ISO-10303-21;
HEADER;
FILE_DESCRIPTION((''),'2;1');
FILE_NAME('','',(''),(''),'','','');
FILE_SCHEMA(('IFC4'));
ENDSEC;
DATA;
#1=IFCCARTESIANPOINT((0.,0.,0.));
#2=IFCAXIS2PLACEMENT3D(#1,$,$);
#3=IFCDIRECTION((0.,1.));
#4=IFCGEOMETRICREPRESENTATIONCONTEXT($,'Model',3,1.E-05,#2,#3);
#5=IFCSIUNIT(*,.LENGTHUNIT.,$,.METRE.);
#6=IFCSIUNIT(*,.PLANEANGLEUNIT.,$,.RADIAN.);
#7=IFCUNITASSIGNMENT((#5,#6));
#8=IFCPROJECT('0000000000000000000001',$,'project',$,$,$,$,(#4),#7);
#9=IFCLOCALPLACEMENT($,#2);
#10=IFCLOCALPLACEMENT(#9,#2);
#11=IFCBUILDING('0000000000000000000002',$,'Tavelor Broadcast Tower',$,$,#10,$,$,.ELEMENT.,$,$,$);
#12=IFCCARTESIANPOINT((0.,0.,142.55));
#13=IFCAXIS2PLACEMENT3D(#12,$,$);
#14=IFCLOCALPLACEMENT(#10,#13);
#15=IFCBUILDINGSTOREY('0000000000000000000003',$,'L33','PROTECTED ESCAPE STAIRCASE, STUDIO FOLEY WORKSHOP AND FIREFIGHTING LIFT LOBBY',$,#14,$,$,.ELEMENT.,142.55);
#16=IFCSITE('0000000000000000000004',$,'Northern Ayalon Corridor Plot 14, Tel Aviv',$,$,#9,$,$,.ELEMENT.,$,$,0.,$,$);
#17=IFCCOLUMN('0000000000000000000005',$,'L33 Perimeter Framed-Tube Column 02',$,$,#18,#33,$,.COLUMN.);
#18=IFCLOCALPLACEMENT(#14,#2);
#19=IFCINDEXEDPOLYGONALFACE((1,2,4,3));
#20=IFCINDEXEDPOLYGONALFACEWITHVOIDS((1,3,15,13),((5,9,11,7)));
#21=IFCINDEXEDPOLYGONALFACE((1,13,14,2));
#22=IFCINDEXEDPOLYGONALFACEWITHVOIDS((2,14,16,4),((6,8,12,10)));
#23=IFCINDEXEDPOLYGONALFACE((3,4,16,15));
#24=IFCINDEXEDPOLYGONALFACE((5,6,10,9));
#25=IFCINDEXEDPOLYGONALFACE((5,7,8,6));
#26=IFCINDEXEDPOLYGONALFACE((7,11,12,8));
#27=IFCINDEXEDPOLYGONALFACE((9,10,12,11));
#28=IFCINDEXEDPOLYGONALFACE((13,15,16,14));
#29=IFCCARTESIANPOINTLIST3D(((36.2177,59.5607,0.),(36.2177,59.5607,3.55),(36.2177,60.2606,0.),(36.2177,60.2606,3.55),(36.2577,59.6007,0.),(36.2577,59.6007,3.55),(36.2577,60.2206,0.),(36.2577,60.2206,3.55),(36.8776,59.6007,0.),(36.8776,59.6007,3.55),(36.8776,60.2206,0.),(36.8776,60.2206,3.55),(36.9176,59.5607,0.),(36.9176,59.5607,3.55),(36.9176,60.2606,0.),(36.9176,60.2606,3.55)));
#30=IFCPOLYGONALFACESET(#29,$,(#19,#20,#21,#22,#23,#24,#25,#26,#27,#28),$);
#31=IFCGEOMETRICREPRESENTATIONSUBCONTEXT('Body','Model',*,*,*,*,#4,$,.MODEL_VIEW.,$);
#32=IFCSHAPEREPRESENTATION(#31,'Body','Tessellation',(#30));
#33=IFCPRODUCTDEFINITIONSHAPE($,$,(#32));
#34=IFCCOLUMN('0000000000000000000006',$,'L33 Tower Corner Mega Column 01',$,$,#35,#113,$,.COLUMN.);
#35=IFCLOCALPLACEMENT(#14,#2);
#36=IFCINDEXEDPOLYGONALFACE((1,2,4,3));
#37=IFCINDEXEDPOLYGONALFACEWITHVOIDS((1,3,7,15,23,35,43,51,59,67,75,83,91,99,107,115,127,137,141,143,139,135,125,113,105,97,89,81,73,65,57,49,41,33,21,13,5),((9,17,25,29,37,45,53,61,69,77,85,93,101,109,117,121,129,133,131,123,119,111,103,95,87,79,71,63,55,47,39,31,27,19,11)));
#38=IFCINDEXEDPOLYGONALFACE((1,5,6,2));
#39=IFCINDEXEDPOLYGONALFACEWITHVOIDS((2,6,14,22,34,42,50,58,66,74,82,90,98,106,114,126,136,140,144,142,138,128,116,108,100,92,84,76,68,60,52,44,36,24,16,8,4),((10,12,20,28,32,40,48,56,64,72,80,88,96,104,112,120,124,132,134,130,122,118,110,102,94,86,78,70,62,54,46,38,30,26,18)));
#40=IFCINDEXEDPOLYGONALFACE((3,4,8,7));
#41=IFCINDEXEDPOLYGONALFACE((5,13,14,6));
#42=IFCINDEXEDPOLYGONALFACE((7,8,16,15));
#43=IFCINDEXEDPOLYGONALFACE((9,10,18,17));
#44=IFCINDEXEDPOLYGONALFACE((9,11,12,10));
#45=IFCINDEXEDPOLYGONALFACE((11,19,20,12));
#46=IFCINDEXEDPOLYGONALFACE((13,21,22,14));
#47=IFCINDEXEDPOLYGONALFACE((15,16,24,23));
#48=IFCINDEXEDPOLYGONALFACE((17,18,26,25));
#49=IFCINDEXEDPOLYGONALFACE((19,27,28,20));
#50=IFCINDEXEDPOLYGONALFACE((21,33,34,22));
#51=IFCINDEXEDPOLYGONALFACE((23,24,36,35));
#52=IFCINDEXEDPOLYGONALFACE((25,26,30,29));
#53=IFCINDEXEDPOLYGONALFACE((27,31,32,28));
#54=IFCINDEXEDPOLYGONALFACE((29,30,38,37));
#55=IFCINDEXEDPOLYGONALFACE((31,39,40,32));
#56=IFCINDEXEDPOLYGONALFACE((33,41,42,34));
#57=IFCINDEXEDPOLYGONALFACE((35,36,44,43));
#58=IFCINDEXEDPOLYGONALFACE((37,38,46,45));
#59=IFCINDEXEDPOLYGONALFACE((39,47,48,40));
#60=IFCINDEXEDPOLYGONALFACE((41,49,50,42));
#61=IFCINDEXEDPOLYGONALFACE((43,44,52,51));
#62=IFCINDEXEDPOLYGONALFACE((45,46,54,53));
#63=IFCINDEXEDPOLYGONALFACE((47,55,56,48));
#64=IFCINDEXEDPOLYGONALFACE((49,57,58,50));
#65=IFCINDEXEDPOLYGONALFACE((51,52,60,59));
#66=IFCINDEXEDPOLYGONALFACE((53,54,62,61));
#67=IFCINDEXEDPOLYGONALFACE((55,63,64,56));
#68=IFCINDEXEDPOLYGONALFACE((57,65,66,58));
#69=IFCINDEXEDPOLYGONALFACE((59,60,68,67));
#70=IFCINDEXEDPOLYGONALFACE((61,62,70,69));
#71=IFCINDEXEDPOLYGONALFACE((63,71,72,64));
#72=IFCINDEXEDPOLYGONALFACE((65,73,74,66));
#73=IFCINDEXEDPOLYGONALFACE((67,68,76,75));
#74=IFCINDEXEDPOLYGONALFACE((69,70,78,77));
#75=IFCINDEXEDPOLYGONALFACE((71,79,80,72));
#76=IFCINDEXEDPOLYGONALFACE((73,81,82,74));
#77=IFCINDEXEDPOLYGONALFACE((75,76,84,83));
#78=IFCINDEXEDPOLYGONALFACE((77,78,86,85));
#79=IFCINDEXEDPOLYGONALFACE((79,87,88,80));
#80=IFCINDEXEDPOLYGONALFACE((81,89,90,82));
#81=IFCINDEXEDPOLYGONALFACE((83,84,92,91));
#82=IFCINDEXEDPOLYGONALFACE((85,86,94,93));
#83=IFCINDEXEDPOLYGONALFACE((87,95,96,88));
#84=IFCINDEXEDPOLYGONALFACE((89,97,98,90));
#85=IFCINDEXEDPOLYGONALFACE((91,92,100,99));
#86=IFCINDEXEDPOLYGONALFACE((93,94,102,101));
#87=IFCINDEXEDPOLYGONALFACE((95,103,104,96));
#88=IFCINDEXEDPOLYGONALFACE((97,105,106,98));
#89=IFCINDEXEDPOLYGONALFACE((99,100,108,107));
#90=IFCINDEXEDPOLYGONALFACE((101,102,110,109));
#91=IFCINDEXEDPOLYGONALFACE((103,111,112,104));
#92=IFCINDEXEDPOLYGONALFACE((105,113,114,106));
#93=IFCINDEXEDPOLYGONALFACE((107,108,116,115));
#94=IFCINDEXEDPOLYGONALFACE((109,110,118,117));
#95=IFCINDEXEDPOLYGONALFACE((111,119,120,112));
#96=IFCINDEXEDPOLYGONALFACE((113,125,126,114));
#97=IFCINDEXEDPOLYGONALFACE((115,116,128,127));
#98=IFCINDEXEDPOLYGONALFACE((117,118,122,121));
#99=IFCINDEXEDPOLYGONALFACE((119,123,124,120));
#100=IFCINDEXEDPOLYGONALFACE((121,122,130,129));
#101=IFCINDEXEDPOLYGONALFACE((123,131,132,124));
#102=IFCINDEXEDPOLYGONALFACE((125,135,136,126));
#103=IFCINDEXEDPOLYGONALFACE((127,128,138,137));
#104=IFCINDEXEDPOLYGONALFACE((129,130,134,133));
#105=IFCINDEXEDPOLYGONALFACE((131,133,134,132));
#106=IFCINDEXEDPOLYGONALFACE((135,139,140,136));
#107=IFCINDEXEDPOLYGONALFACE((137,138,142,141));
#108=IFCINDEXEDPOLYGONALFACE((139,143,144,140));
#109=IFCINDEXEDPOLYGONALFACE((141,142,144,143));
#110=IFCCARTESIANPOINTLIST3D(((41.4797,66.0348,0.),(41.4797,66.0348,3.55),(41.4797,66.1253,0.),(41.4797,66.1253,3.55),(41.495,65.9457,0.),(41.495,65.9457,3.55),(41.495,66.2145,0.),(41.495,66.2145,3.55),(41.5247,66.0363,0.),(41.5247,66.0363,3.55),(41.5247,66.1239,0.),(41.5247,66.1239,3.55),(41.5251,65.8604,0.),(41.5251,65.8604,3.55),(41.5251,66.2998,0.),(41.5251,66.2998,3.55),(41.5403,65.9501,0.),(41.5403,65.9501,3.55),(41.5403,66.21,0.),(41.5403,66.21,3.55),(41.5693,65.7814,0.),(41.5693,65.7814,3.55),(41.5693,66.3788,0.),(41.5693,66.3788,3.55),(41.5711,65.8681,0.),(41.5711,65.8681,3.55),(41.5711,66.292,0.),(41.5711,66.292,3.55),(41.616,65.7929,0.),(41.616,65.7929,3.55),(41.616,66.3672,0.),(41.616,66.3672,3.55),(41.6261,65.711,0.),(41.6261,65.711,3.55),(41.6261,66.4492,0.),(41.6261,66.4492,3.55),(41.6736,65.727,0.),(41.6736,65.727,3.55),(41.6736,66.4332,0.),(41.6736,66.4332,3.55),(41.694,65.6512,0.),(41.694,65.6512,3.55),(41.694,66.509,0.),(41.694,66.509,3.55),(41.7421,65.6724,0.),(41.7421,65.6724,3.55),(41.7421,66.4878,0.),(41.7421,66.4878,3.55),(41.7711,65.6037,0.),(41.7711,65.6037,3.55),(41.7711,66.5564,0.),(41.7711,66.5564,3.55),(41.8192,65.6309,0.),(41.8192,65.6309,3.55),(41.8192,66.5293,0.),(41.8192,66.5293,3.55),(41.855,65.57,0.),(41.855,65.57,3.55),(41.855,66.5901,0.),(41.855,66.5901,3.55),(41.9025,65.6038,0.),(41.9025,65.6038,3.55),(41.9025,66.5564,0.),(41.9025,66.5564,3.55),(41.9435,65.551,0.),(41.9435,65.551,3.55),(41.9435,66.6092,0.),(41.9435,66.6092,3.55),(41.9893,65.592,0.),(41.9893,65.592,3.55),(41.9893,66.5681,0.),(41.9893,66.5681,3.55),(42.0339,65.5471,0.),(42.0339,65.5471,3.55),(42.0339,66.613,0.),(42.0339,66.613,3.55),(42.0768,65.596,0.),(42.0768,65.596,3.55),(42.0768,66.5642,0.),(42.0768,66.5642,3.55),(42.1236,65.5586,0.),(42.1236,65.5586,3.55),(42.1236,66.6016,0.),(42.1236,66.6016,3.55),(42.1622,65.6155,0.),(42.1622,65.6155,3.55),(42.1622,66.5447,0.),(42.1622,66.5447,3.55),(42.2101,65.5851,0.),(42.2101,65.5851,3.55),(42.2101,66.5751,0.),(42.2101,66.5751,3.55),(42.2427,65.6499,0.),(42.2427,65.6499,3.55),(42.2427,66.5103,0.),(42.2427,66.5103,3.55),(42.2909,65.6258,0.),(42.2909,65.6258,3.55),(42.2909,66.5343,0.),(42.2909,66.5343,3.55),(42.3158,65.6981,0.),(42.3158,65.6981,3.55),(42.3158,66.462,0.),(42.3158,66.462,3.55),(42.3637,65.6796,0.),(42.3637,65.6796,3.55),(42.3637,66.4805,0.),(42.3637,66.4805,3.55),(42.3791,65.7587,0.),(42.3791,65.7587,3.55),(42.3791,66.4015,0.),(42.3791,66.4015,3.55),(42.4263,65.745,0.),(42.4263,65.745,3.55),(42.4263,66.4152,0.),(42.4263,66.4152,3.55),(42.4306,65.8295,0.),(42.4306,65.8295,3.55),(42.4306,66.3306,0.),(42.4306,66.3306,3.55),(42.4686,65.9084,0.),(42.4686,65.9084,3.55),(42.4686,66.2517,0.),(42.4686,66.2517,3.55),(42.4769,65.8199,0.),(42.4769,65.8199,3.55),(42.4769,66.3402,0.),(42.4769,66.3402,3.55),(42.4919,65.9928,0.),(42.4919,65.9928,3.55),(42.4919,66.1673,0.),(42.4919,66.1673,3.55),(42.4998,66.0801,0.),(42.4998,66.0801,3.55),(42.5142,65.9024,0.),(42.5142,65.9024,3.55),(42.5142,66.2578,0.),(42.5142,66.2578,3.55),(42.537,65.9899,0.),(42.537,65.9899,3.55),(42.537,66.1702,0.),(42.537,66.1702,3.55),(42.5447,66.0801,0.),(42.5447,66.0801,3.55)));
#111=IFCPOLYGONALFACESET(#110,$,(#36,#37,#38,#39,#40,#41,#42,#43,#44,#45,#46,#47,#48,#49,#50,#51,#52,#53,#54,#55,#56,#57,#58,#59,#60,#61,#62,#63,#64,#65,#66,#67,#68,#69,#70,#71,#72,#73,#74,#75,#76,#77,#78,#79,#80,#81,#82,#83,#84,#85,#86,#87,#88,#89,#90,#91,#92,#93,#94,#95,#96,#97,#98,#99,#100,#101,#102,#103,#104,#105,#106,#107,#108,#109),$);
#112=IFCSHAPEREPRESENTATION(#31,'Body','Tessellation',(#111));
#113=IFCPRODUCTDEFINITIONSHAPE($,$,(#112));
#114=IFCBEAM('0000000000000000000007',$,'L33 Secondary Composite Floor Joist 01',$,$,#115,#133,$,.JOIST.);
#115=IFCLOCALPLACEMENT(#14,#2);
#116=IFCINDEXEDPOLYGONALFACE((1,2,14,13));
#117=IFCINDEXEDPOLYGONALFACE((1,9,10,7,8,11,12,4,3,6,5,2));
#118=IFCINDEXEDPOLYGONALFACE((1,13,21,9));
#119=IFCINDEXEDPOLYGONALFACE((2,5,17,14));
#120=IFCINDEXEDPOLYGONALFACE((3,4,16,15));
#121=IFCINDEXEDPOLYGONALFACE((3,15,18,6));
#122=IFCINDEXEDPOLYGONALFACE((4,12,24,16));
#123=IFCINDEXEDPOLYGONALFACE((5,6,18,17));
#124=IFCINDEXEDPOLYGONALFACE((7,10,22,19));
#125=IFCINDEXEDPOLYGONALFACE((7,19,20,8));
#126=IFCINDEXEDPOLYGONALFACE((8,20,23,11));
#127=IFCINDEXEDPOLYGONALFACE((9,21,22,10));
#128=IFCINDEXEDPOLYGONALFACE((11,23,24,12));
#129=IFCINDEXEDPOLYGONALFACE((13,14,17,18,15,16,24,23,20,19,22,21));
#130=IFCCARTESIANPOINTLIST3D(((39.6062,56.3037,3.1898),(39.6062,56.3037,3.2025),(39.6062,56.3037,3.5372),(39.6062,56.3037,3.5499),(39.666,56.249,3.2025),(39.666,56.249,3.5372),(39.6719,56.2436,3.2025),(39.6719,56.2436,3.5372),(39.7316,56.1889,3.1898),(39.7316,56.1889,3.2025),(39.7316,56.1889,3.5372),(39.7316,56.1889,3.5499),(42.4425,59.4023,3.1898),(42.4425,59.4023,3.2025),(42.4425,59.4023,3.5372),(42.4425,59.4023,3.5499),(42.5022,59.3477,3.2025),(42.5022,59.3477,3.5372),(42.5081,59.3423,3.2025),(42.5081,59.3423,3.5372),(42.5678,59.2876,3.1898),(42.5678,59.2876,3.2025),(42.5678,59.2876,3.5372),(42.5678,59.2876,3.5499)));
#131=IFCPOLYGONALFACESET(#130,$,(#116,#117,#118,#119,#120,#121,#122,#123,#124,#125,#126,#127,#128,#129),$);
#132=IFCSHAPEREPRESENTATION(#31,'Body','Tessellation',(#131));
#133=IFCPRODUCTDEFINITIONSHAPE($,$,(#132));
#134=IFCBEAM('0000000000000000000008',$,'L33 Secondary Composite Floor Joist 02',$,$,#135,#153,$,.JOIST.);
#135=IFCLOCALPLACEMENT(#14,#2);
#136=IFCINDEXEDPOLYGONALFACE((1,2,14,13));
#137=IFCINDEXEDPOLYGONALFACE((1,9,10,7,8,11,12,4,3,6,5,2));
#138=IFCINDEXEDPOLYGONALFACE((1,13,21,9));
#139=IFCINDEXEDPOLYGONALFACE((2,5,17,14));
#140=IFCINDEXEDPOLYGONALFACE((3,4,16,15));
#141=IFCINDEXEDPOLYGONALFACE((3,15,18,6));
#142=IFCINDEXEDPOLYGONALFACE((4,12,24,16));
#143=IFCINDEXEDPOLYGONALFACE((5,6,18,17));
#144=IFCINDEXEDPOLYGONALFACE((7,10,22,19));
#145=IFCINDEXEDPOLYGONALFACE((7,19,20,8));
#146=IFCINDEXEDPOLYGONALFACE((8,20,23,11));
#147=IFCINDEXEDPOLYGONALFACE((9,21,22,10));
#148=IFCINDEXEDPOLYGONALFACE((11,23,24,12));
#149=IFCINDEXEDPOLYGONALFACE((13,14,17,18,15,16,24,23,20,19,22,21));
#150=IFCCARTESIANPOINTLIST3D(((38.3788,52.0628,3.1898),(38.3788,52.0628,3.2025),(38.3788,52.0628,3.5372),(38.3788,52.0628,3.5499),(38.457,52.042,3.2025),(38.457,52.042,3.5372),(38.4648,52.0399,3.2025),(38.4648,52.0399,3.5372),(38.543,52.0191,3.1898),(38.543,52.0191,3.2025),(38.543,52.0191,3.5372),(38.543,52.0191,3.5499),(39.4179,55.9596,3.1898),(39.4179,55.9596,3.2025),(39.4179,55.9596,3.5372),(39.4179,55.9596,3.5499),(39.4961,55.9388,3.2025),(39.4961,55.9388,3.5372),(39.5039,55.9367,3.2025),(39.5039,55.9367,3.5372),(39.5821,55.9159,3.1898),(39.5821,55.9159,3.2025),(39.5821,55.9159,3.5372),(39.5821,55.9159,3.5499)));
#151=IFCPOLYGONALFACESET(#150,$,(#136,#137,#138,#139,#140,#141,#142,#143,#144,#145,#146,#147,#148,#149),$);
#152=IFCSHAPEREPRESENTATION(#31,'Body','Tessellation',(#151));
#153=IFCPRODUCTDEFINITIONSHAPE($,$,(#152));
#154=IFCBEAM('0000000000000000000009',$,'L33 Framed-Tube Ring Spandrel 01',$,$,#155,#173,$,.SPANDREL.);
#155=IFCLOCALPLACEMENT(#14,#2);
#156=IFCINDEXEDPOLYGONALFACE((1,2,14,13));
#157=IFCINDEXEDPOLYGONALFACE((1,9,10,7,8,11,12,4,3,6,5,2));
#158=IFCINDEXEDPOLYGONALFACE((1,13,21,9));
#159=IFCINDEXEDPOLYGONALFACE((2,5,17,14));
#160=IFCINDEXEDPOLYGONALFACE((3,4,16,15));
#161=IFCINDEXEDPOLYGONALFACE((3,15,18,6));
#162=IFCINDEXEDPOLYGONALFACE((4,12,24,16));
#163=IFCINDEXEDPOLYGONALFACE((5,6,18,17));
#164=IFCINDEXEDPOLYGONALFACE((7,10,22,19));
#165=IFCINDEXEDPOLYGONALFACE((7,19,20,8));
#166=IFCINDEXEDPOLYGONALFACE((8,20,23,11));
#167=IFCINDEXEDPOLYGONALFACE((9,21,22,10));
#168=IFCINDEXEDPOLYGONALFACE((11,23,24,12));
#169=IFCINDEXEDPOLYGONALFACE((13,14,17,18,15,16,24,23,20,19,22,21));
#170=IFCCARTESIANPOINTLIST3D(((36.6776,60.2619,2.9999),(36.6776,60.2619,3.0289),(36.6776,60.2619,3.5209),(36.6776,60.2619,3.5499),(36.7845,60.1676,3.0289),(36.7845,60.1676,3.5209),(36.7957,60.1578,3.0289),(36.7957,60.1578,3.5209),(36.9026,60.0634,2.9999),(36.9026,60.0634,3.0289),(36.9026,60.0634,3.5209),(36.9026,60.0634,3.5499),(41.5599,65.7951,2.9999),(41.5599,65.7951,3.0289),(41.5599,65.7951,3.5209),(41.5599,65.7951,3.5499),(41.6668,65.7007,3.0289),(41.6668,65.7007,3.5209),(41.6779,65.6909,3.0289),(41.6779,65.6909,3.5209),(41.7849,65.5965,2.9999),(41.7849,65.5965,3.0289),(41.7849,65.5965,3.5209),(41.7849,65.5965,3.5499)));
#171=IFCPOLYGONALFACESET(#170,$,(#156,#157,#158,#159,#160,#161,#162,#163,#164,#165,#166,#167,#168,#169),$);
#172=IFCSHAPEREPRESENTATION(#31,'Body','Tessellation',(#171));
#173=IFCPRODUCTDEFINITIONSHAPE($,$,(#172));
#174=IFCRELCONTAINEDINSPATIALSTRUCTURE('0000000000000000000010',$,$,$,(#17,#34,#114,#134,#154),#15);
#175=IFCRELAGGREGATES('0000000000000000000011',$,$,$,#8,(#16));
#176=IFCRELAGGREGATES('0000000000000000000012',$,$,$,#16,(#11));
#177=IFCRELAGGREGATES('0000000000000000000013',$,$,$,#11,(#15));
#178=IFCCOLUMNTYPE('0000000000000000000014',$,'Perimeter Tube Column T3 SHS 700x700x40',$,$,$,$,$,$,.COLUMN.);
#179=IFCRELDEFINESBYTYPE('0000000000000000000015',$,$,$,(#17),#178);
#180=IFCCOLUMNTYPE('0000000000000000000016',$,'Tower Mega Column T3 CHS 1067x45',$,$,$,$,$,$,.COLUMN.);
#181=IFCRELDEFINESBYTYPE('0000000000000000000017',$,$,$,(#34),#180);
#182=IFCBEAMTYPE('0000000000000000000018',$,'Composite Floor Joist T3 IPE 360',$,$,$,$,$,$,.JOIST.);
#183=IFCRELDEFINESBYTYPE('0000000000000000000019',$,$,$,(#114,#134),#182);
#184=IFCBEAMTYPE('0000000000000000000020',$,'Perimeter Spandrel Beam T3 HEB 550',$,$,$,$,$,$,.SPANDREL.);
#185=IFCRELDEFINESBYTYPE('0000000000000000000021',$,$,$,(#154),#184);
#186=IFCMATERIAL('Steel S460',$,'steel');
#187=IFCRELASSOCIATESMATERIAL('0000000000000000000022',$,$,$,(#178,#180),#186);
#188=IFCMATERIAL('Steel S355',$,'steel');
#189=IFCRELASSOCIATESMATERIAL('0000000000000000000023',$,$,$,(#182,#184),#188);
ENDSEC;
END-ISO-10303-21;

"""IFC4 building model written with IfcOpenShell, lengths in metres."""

from ifc_helpers import new_model, si_unit, direction, frame, origin, origin_2d, place, context, subcontext, project, spatial, hollow_rectangle, hollow_circle, i_section, extrude, material, material_profile, profile_set, type_object, element, save


model = new_model("IFC4")

# Units and contexts
model_context = context("Model", 3, precision=1e-05, world=origin(), true_north=direction((0.0, 1.0)))
body_context = subcontext(model_context, "Body", "Model", "MODEL_VIEW")
ifc_project = project(units=[si_unit("LENGTHUNIT", "METRE"), si_unit("PLANEANGLEUNIT", "RADIAN")], contexts=[model_context])

# Site, building, storey
site_placement = place(None, origin())
site = spatial("IfcSite", under=ifc_project, at=site_placement, Name="Northern Ayalon Corridor Plot 14, Tel Aviv", CompositionType="ELEMENT", RefElevation=0.0)
building_placement = place(site_placement, origin())
building = spatial("IfcBuilding", under=site, at=building_placement, Name="Tavelor Broadcast Tower", CompositionType="ELEMENT")
storey_placement = place(building_placement, frame((0.0, 0.0, 142.55)))
storey = spatial("IfcBuildingStorey", under=building, at=storey_placement, Name="L33", Description="PROTECTED ESCAPE STAIRCASE, STUDIO FOLEY WORKSHOP AND FIREFIGHTING LIFT LOBBY", CompositionType="ELEMENT", Elevation=142.55)

# Columns
ifc_material_1 = material(Name="Steel S460", Category="steel")
ifc_material_profile_1 = material_profile(ifc_material_1, hollow_rectangle(XDim=0.7, YDim=0.7, WallThickness=0.04, at=origin_2d()), Name="SHS 700x700x40")
ifc_profile_set_1 = profile_set([ifc_material_profile_1], Name="Steel S460")
column_type_1 = type_object("IfcColumnType", Name="Perimeter Tube Column T3 SHS 700x700x40", PredefinedType="COLUMN", material=ifc_profile_set_1)
column_1_placement = place(storey_placement, frame((36.5676, 59.9106, 0.0), z_axis=(0.0, 0.0, 1.0), x_axis=(1.0, 0.0, 0.0)))
element("IfcColumn", 1, at=column_1_placement, inside=storey, type_object=column_type_1, Name="L33 Perimeter Framed-Tube Column 02", PredefinedType="COLUMN", context=body_context, shape_type="SweptSolid", body=[
    extrude(hollow_rectangle(XDim=0.7, YDim=0.7, WallThickness=0.04, at=origin_2d()), origin(), (0.0, 0.0, 1.0), 3.55),
])
ifc_material_profile_2 = material_profile(ifc_material_1, hollow_circle(Radius=0.5334, WallThickness=0.0449, at=origin_2d()), Name="CHS 1067x45")
ifc_profile_set_2 = profile_set([ifc_material_profile_2], Name="Steel S460")
column_type_2 = type_object("IfcColumnType", Name="Tower Mega Column T3 CHS 1067x45", PredefinedType="COLUMN", material=ifc_profile_set_2)
column_2_placement = place(storey_placement, frame((42.0112, 66.0801, 0.0), z_axis=(0.0, 0.0, 1.0), x_axis=(1.0, 0.0, 0.0)))
element("IfcColumn", 2, at=column_2_placement, inside=storey, type_object=column_type_2, Name="L33 Tower Corner Mega Column 01", PredefinedType="COLUMN", context=body_context, shape_type="SweptSolid", body=[
    extrude(hollow_circle(Radius=0.5334, WallThickness=0.0449, at=origin_2d()), origin(), (0.0, 0.0, 1.0), 3.55),
])

# Beams
ifc_material_2 = material(Name="Steel S355", Category="steel")
ifc_material_profile_3 = material_profile(ifc_material_2, i_section(OverallWidth=0.1699, OverallDepth=0.3601, WebThickness=0.0081, FlangeThickness=0.0127, at=origin_2d()), Name="IPE 360")
ifc_profile_set_3 = profile_set([ifc_material_profile_3], Name="Steel S355")
beam_type_1 = type_object("IfcBeamType", Name="Composite Floor Joist T3 IPE 360", PredefinedType="JOIST", material=ifc_profile_set_3)
beam_1_placement = place(storey_placement, frame((42.5051, 59.345, 3.3699), z_axis=(-0.675177, -0.737656, 0.0), x_axis=(0.737656, -0.675177, 0.0)))
element("IfcBeam", 3, at=beam_1_placement, inside=storey, type_object=beam_type_1, Name="L33 Secondary Composite Floor Joist 01", PredefinedType="JOIST", context=body_context, shape_type="SweptSolid", body=[
    extrude(i_section(OverallWidth=0.1699, OverallDepth=0.3601, WebThickness=0.0081, FlangeThickness=0.0127, at=origin_2d()), origin(), (0.0, 0.0, 1.0), 4.2007),
])
beam_2_placement = place(storey_placement, frame((39.5, 55.9377, 3.3699), z_axis=(-0.257648, -0.966239, 0.0), x_axis=(0.966239, -0.257648, 0.0)))
element("IfcBeam", 4, at=beam_2_placement, inside=storey, type_object=beam_type_1, Name="L33 Secondary Composite Floor Joist 02", PredefinedType="JOIST", context=body_context, shape_type="SweptSolid", body=[
    extrude(i_section(OverallWidth=0.1699, OverallDepth=0.3601, WebThickness=0.0081, FlangeThickness=0.0127, at=origin_2d()), origin(), (0.0, 0.0, 1.0), 4.033),
])
ifc_material_profile_4 = material_profile(ifc_material_2, i_section(OverallWidth=0.3, OverallDepth=0.55, WebThickness=0.0149, FlangeThickness=0.0291, at=origin_2d()), Name="HEB 550")
ifc_profile_set_4 = profile_set([ifc_material_profile_4], Name="Steel S355")
beam_type_2 = type_object("IfcBeamType", Name="Perimeter Spandrel Beam T3 HEB 550", PredefinedType="SPANDREL", material=ifc_profile_set_4)
beam_3_placement = place(storey_placement, frame((41.6724, 65.6958, 3.2749), z_axis=(-0.661628, -0.749832, 0.0), x_axis=(0.749832, -0.661628, 0.0)))
element("IfcBeam", 5, at=beam_3_placement, inside=storey, type_object=beam_type_2, Name="L33 Framed-Tube Ring Spandrel 01", PredefinedType="SPANDREL", context=body_context, shape_type="SweptSolid", body=[
    extrude(i_section(OverallWidth=0.3, OverallDepth=0.55, WebThickness=0.0149, FlangeThickness=0.0291, at=origin_2d()), origin(), (0.0, 0.0, 1.0), 7.3792),
])

save(model, "model.ifc")
